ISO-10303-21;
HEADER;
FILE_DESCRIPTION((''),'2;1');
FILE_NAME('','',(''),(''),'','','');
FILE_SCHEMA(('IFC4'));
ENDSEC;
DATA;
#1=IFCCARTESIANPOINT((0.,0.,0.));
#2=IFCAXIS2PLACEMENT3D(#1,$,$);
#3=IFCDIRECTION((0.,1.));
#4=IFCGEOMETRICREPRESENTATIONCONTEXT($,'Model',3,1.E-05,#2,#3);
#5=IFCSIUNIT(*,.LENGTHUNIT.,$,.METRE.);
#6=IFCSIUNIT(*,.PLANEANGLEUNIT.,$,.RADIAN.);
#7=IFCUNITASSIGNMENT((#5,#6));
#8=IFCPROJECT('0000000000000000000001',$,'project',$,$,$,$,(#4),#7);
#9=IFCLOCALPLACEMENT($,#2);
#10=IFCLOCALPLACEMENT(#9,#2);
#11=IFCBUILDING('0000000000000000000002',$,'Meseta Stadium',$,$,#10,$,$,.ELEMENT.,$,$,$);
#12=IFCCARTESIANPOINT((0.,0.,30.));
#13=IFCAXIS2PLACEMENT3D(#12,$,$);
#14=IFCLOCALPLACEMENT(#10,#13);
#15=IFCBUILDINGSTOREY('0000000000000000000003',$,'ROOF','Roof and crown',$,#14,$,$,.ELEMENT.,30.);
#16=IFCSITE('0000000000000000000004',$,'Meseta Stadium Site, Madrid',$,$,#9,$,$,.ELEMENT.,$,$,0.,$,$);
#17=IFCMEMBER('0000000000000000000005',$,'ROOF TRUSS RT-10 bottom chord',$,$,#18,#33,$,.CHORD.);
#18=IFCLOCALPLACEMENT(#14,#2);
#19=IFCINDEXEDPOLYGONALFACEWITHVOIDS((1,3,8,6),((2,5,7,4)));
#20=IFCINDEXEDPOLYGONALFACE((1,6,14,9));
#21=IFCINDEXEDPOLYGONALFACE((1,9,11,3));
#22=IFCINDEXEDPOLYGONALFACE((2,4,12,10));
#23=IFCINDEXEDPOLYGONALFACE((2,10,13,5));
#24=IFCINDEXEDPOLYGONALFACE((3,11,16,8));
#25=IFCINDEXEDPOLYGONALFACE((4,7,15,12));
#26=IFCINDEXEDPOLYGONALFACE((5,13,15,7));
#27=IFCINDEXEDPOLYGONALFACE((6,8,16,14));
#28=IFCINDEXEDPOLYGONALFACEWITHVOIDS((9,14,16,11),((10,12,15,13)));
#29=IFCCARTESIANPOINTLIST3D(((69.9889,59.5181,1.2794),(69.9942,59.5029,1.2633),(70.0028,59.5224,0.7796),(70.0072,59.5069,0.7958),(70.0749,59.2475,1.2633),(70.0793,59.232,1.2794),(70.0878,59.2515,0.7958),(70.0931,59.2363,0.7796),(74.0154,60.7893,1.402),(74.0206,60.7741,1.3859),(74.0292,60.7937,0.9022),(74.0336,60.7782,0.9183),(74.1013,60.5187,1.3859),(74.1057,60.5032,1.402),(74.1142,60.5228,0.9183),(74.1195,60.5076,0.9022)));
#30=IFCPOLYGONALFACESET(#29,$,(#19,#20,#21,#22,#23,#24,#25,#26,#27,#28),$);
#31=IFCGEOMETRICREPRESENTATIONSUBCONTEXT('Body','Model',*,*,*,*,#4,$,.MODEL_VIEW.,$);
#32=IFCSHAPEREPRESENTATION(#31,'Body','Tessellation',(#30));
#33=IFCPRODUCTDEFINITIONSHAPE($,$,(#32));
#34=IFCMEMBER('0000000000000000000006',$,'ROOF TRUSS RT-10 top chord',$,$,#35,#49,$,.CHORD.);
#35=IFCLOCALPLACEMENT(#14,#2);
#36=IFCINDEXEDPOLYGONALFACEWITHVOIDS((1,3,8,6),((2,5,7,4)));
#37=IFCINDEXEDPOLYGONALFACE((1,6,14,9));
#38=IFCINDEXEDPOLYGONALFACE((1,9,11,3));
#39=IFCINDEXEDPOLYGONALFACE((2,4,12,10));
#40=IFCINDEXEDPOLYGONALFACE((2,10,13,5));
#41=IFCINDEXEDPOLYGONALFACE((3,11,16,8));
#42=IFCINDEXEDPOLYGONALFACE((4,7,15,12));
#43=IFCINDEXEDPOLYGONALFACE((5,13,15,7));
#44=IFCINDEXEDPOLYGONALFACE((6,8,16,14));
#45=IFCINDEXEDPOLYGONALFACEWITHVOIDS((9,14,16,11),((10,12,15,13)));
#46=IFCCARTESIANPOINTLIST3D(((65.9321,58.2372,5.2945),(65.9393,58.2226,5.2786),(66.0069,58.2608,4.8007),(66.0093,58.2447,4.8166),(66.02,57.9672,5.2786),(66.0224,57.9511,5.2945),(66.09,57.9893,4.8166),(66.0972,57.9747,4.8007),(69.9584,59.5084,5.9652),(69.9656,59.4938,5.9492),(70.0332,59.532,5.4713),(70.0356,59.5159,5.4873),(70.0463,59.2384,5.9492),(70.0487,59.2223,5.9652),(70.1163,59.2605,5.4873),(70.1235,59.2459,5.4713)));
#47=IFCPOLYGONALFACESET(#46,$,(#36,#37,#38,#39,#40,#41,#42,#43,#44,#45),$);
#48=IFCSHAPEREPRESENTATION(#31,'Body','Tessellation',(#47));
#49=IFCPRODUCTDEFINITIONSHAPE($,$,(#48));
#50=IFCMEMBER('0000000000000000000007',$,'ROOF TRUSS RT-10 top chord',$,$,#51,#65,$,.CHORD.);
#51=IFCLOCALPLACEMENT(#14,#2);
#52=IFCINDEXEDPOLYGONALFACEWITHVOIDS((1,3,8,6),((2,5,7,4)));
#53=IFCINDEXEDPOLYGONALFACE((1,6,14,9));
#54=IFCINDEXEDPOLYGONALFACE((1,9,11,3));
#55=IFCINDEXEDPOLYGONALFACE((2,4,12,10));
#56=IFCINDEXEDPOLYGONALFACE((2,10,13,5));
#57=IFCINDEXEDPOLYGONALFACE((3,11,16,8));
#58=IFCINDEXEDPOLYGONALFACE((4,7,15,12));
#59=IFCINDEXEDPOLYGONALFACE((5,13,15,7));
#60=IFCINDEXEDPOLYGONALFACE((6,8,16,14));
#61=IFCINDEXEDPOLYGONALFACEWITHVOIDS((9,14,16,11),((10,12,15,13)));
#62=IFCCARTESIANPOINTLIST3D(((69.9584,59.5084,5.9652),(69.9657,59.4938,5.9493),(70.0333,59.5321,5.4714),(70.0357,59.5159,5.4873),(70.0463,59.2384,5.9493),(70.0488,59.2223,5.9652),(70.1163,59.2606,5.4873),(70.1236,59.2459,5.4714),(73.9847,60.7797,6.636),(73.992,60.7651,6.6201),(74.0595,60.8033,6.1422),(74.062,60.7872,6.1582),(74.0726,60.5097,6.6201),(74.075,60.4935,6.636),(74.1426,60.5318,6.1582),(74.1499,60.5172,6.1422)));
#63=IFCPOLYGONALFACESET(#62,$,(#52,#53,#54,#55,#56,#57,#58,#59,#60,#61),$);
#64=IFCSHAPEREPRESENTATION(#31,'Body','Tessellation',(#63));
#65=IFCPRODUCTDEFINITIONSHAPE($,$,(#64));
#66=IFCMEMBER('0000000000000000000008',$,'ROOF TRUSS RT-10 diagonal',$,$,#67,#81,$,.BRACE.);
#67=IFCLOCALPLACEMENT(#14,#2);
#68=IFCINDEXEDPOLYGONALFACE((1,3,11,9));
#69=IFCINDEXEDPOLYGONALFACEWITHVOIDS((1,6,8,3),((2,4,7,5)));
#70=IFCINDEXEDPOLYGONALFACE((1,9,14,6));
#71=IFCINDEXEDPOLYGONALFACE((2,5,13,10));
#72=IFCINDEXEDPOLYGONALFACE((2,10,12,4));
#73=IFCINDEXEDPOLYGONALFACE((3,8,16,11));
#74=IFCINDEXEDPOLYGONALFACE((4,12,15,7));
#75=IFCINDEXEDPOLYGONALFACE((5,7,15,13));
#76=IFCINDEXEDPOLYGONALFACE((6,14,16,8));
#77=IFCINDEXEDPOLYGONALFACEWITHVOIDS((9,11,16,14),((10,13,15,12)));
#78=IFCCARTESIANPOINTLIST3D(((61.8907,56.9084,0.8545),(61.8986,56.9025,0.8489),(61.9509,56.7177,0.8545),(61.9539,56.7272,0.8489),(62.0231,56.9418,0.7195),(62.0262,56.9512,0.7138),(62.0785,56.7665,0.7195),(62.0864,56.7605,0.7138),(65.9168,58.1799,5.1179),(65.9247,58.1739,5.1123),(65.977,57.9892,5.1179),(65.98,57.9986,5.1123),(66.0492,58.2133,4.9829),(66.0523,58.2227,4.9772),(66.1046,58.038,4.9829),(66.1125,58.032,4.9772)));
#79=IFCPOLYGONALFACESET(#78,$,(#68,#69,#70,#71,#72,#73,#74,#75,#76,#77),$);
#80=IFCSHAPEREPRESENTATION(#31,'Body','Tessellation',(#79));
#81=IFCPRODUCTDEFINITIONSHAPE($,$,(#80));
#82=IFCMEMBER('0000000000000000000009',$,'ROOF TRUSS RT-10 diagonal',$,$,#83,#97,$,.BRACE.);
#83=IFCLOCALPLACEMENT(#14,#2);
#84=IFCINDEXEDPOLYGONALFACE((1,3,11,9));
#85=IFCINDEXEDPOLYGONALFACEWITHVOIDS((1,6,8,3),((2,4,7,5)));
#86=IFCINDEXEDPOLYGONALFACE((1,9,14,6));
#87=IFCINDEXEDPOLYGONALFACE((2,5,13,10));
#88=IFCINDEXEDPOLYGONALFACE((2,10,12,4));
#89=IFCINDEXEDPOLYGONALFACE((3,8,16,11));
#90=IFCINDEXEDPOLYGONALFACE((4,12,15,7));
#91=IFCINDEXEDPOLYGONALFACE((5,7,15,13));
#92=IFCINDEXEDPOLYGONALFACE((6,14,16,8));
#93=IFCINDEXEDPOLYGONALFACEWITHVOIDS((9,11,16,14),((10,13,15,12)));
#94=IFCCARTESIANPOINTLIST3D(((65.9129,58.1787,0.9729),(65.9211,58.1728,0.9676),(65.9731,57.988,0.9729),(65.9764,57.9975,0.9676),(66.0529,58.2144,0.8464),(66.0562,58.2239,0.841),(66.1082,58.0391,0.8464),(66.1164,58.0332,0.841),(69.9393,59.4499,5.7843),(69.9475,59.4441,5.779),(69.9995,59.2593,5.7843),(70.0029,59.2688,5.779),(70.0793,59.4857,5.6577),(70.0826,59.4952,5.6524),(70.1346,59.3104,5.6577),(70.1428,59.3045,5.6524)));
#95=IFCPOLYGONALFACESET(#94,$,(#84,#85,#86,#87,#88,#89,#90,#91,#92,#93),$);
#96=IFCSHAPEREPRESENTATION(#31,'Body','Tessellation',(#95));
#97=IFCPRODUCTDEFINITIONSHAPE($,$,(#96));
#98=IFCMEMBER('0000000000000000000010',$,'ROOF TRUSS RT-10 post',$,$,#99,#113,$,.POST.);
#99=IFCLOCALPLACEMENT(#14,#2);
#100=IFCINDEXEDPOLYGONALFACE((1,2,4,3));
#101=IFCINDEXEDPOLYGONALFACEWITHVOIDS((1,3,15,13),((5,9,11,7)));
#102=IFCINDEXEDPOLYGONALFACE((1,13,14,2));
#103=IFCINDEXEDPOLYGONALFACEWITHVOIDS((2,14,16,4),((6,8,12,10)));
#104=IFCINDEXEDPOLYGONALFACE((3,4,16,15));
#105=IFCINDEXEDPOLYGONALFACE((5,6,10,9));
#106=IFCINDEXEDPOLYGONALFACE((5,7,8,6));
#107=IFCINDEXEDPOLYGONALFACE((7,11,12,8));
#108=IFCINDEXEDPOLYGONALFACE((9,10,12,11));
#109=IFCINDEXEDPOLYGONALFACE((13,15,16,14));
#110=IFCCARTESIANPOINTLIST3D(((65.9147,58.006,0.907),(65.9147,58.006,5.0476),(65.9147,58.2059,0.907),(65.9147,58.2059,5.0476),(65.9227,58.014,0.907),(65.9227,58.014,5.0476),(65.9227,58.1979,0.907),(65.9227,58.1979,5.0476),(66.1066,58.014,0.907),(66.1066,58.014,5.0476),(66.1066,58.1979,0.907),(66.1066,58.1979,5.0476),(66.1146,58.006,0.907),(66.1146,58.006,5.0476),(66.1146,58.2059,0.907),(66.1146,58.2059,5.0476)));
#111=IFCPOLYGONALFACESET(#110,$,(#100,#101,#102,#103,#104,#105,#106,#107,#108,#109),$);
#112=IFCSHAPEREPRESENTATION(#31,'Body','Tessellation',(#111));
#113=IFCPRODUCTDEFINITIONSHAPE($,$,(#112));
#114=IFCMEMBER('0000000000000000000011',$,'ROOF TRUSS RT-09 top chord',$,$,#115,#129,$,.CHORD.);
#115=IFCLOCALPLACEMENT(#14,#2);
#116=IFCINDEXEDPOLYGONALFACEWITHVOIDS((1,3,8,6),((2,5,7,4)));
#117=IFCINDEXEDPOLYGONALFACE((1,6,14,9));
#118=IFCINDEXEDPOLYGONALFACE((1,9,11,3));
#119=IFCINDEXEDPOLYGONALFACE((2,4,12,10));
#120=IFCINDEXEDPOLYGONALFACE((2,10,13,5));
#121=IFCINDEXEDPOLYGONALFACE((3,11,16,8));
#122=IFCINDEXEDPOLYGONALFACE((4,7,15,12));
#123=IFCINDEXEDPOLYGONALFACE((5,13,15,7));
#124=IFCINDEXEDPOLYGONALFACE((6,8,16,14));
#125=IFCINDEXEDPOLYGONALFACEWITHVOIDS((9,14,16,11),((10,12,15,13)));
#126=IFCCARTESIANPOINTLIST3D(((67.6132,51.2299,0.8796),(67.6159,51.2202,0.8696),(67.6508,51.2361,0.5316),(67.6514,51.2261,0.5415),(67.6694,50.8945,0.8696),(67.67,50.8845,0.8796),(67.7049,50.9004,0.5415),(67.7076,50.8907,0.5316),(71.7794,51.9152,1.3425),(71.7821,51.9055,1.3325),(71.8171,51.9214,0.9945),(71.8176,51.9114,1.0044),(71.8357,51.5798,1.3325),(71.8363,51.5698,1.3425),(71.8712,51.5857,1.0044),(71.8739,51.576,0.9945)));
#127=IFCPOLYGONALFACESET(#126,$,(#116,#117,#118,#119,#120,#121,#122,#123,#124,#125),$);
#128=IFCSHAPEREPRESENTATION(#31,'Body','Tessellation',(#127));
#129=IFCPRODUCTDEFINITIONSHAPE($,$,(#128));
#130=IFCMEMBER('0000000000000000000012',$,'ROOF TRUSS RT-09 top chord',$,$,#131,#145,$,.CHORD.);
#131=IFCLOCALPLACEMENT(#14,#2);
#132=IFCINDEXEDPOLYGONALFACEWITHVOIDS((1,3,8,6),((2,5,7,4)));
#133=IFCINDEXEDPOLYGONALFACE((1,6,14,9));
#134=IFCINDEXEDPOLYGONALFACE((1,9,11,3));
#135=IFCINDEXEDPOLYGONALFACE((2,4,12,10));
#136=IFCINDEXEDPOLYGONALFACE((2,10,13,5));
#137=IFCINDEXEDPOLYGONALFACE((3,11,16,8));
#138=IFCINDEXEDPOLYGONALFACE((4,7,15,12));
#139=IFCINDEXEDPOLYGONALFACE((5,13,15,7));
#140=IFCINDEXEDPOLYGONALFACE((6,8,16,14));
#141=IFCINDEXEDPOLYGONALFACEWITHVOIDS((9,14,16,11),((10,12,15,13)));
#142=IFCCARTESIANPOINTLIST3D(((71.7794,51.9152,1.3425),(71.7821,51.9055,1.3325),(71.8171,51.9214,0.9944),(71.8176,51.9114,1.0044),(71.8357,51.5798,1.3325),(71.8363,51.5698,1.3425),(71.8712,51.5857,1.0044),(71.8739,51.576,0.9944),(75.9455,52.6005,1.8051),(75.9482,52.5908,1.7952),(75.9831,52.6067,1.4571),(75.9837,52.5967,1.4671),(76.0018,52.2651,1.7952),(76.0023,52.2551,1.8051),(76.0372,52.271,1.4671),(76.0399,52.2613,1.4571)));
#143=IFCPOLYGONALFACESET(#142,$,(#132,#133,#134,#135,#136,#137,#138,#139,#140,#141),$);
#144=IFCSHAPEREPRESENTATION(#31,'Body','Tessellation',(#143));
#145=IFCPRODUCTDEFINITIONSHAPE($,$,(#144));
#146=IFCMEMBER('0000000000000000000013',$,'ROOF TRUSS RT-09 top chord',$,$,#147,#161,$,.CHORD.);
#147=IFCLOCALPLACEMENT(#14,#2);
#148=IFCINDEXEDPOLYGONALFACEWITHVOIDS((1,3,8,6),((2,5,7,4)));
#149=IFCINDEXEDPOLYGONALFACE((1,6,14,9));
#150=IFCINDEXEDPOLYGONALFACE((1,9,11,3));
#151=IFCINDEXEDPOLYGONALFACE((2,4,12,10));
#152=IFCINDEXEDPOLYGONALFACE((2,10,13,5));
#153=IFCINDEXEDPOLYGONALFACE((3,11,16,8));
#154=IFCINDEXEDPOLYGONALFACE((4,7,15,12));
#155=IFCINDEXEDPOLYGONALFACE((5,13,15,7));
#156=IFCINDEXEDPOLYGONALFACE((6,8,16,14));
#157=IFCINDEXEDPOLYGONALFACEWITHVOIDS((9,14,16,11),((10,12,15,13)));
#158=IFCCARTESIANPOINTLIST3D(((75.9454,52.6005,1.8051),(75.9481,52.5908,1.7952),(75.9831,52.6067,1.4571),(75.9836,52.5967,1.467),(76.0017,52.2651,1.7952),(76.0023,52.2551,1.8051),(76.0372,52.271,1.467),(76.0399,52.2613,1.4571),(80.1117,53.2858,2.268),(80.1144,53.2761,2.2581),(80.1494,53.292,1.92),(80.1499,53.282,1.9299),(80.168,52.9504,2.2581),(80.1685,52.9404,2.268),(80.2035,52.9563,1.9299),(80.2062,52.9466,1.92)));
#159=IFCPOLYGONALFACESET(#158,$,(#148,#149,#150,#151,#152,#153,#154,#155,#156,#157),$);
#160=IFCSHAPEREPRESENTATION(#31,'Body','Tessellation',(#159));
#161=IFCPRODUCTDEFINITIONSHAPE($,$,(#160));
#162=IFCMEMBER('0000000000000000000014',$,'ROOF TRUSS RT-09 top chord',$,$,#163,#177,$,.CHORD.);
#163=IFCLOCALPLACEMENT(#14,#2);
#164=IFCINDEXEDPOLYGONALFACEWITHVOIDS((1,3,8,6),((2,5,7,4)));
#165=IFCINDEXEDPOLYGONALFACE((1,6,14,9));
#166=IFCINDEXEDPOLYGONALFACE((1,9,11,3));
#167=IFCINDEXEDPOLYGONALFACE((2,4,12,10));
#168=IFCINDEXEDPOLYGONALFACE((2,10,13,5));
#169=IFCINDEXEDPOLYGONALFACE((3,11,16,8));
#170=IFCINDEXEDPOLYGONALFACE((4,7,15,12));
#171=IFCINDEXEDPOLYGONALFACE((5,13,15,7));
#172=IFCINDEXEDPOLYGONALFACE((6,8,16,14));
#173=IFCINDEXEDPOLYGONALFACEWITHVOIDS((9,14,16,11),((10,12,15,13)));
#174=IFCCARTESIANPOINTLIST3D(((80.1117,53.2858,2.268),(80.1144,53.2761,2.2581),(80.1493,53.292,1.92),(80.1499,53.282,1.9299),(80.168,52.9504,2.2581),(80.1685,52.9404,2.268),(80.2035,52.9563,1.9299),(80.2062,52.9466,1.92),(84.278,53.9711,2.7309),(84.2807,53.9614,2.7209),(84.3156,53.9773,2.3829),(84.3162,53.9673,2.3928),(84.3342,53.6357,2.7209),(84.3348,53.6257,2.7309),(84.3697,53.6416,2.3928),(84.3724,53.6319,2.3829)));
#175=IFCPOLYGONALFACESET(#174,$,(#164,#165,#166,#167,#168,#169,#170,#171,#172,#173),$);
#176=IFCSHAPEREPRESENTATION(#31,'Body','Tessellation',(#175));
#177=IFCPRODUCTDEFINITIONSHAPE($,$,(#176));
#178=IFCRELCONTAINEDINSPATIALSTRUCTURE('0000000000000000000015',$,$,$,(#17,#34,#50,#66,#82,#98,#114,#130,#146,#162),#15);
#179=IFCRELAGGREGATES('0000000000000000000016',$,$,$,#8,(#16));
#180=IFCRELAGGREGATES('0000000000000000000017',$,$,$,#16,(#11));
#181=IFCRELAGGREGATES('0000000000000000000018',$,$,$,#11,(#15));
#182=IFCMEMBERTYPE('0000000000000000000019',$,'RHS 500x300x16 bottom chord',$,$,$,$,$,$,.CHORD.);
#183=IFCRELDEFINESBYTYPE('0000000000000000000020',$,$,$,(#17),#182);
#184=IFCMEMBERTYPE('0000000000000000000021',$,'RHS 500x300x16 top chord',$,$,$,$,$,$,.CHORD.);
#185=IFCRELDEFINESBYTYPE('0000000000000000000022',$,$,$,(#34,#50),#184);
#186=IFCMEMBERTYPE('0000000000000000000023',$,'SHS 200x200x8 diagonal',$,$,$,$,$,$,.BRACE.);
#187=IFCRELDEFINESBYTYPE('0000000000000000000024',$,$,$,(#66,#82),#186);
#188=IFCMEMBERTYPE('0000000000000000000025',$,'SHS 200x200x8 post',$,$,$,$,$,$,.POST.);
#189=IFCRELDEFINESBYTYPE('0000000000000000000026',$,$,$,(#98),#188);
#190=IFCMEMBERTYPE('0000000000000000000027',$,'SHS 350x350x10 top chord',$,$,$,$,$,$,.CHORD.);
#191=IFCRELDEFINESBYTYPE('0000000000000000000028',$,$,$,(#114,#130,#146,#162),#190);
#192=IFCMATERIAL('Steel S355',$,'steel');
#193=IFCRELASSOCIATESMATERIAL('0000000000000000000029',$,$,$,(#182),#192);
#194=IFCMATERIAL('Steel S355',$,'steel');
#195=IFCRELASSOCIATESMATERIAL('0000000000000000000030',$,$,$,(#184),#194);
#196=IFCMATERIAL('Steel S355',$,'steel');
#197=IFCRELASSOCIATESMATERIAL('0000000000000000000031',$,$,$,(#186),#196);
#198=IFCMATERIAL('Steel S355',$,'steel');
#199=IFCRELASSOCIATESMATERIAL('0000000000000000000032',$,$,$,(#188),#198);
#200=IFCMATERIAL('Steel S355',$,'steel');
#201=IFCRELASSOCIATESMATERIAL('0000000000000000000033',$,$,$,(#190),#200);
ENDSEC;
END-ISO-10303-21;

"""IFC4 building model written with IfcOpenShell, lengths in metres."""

from ifc_helpers import new_model, si_unit, direction, frame, origin, origin_2d, place, context, subcontext, project, spatial, hollow_rectangle, extrude, material, material_profile, profile_set, type_object, element, save


model = new_model("IFC4")

# Units and contexts
model_context = context("Model", 3, precision=1e-05, world=origin(), true_north=direction((0.0, 1.0)))
body_context = subcontext(model_context, "Body", "Model", "MODEL_VIEW")
ifc_project = project(units=[si_unit("LENGTHUNIT", "METRE"), si_unit("PLANEANGLEUNIT", "RADIAN")], contexts=[model_context])

# Site, building, storey
site_placement = place(None, origin())
site = spatial("IfcSite", under=ifc_project, at=site_placement, Name="Meseta Stadium Site, Madrid", CompositionType="ELEMENT", RefElevation=0.0)
building_placement = place(site_placement, origin())
building = spatial("IfcBuilding", under=site, at=building_placement, Name="Meseta Stadium", CompositionType="ELEMENT")
storey_placement = place(building_placement, frame((0.0, 0.0, 30.0)))
storey = spatial("IfcBuildingStorey", under=building, at=storey_placement, Name="ROOF", Description="Roof and crown", CompositionType="ELEMENT", Elevation=30.0)

# Members
ifc_material_1 = material(Name="Steel S355", Category="steel")
ifc_material_profile_1 = material_profile(ifc_material_1, hollow_rectangle(XDim=0.3, YDim=0.5, WallThickness=0.0161, at=origin_2d()), Name="RHS 500x300x16")
ifc_profile_set_1 = profile_set([ifc_material_profile_1], Name="Steel S355")
member_type_1 = type_object("IfcMemberType", Name="RHS 500x300x16 bottom chord", PredefinedType="CHORD", material=ifc_profile_set_1)
member_1_placement = place(storey_placement, frame((70.041, 59.3772, 1.0295), z_axis=(0.953198, 0.300952, 0.029014), x_axis=(-0.301079, 0.953599, 0.0)))
element("IfcMember", 1, at=member_1_placement, inside=storey, type_object=member_type_1, Name="ROOF TRUSS RT-10 bottom chord", PredefinedType="CHORD", context=body_context, shape_type="SweptSolid", body=[
    extrude(hollow_rectangle(XDim=0.3, YDim=0.5, WallThickness=0.0161, at=origin_2d()), origin(), (0.0, 0.0, 1.0), 4.2241),
])
ifc_material_2 = material(Name="Steel S355", Category="steel")
ifc_material_profile_2 = material_profile(ifc_material_2, hollow_rectangle(XDim=0.3, YDim=0.5, WallThickness=0.0161, at=origin_2d()), Name="RHS 500x300x16")
ifc_profile_set_2 = profile_set([ifc_material_profile_2], Name="Steel S355")
member_type_2 = type_object("IfcMemberType", Name="RHS 500x300x16 top chord", PredefinedType="CHORD", material=ifc_profile_set_2)
for number, where, z_axis, x_axis, name in (
    (2, (66.0146, 58.106, 5.0476), (0.941793, 0.297351, 0.15687), (-0.301079, 0.953599, 0.0), "ROOF TRUSS RT-10 top chord"),
    (3, (70.041, 59.3772, 5.7183), (0.941785, 0.297349, 0.156926), (-0.301079, 0.953599, 0.0), "ROOF TRUSS RT-10 top chord"),
):
    element("IfcMember", number, at=place(storey_placement, frame(where, z_axis=z_axis, x_axis=x_axis)), inside=storey, type_object=member_type_2, Name=name, PredefinedType="CHORD", context=body_context, shape_type="SweptSolid", body=[
        extrude(hollow_rectangle(XDim=0.3, YDim=0.5, WallThickness=0.0161, at=origin_2d()), origin(), (0.0, 0.0, 1.0), 4.2751),
    ])
ifc_material_3 = material(Name="Steel S355", Category="steel")
ifc_material_profile_3 = material_profile(ifc_material_3, hollow_rectangle(XDim=0.2, YDim=0.2, WallThickness=0.0081, at=origin_2d()), Name="SHS 200x200x8")
ifc_profile_set_3 = profile_set([ifc_material_profile_3], Name="Steel S355")
member_type_3 = type_object("IfcMemberType", Name="SHS 200x200x8 diagonal", PredefinedType="BRACE", material=ifc_profile_set_3)
member_2_placement = place(storey_placement, frame((61.9885, 56.8345, 0.7842), z_axis=(0.670991, 0.211905, 0.71054), x_axis=(-0.301148, 0.953577, 0.0)))
element("IfcMember", 4, at=member_2_placement, inside=storey, type_object=member_type_3, Name="ROOF TRUSS RT-10 diagonal", PredefinedType="BRACE", context=body_context, shape_type="SweptSolid", body=[
    extrude(hollow_rectangle(XDim=0.2, YDim=0.2, WallThickness=0.0081, at=origin_2d()), origin(), (0.0, 0.0, 1.0), 6.0002),
])
member_3_placement = place(storey_placement, frame((66.0146, 58.106, 0.907), z_axis=(0.628996, 0.198592, 0.751615), x_axis=(-0.301079, 0.953599, 0.0)))
element("IfcMember", 5, at=member_3_placement, inside=storey, type_object=member_type_3, Name="ROOF TRUSS RT-10 diagonal", PredefinedType="BRACE", context=body_context, shape_type="SweptSolid", body=[
    extrude(hollow_rectangle(XDim=0.2, YDim=0.2, WallThickness=0.0081, at=origin_2d()), origin(), (0.0, 0.0, 1.0), 6.4014),
])
ifc_material_4 = material(Name="Steel S355", Category="steel")
ifc_material_profile_4 = material_profile(ifc_material_4, hollow_rectangle(XDim=0.2, YDim=0.2, WallThickness=0.0081, at=origin_2d()), Name="SHS 200x200x8")
ifc_profile_set_4 = profile_set([ifc_material_profile_4], Name="Steel S355")
member_type_4 = type_object("IfcMemberType", Name="SHS 200x200x8 post", PredefinedType="POST", material=ifc_profile_set_4)
member_4_placement = place(storey_placement, frame((66.0146, 58.106, 0.907), z_axis=(0.0, 0.0, 1.0), x_axis=(1.0, 0.0, 0.0)))
element("IfcMember", 6, at=member_4_placement, inside=storey, type_object=member_type_4, Name="ROOF TRUSS RT-10 post", PredefinedType="POST", context=body_context, shape_type="SweptSolid", body=[
    extrude(hollow_rectangle(XDim=0.2, YDim=0.2, WallThickness=0.0081, at=origin_2d()), origin(), (0.0, 0.0, 1.0), 4.1406),
])
ifc_material_5 = material(Name="Steel S355", Category="steel")
ifc_material_profile_5 = material_profile(ifc_material_5, hollow_rectangle(XDim=0.3501, YDim=0.3501, WallThickness=0.01, at=origin_2d()), Name="SHS 350x350x10")
ifc_profile_set_5 = profile_set([ifc_material_profile_5], Name="Steel S355")
member_type_5 = type_object("IfcMemberType", Name="SHS 350x350x10 top chord", PredefinedType="CHORD", material=ifc_profile_set_5)
member_5_placement = place(storey_placement, frame((67.6604, 51.0603, 0.7056), z_axis=(0.980863, 0.161341, 0.108978), x_axis=(-0.162308, 0.98674, 0.0)))
element("IfcMember", 7, at=member_5_placement, inside=storey, type_object=member_type_5, Name="ROOF TRUSS RT-09 top chord", PredefinedType="CHORD", context=body_context, shape_type="SweptSolid", body=[
    extrude(hollow_rectangle(XDim=0.3501, YDim=0.3501, WallThickness=0.01, at=origin_2d()), origin(), (0.0, 0.0, 1.0), 4.2476),
])
member_6_placement = place(storey_placement, frame((71.8267, 51.7456, 1.1685), z_axis=(0.980867, 0.161351, 0.108928), x_axis=(-0.162317, 0.986739, 0.0)))
element("IfcMember", 8, at=member_6_placement, inside=storey, type_object=member_type_5, Name="ROOF TRUSS RT-09 top chord", PredefinedType="CHORD", context=body_context, shape_type="SweptSolid", body=[
    extrude(hollow_rectangle(XDim=0.3501, YDim=0.3501, WallThickness=0.01, at=origin_2d()), origin(), (0.0, 0.0, 1.0), 4.2473),
])
for number, where, z_axis, x_axis, name in (
    (9, (75.9927, 52.4309, 1.6311), (0.980863, 0.161341, 0.108978), (-0.162308, 0.98674, 0.0), "ROOF TRUSS RT-09 top chord"),
    (10, (80.1589, 53.1162, 2.094), (0.980863, 0.161341, 0.108978), (-0.162308, 0.98674, 0.0), "ROOF TRUSS RT-09 top chord"),
):
    element("IfcMember", number, at=place(storey_placement, frame(where, z_axis=z_axis, x_axis=x_axis)), inside=storey, type_object=member_type_5, Name=name, PredefinedType="CHORD", context=body_context, shape_type="SweptSolid", body=[
        extrude(hollow_rectangle(XDim=0.3501, YDim=0.3501, WallThickness=0.01, at=origin_2d()), origin(), (0.0, 0.0, 1.0), 4.2476),
    ])

save(model, "model.ifc")
